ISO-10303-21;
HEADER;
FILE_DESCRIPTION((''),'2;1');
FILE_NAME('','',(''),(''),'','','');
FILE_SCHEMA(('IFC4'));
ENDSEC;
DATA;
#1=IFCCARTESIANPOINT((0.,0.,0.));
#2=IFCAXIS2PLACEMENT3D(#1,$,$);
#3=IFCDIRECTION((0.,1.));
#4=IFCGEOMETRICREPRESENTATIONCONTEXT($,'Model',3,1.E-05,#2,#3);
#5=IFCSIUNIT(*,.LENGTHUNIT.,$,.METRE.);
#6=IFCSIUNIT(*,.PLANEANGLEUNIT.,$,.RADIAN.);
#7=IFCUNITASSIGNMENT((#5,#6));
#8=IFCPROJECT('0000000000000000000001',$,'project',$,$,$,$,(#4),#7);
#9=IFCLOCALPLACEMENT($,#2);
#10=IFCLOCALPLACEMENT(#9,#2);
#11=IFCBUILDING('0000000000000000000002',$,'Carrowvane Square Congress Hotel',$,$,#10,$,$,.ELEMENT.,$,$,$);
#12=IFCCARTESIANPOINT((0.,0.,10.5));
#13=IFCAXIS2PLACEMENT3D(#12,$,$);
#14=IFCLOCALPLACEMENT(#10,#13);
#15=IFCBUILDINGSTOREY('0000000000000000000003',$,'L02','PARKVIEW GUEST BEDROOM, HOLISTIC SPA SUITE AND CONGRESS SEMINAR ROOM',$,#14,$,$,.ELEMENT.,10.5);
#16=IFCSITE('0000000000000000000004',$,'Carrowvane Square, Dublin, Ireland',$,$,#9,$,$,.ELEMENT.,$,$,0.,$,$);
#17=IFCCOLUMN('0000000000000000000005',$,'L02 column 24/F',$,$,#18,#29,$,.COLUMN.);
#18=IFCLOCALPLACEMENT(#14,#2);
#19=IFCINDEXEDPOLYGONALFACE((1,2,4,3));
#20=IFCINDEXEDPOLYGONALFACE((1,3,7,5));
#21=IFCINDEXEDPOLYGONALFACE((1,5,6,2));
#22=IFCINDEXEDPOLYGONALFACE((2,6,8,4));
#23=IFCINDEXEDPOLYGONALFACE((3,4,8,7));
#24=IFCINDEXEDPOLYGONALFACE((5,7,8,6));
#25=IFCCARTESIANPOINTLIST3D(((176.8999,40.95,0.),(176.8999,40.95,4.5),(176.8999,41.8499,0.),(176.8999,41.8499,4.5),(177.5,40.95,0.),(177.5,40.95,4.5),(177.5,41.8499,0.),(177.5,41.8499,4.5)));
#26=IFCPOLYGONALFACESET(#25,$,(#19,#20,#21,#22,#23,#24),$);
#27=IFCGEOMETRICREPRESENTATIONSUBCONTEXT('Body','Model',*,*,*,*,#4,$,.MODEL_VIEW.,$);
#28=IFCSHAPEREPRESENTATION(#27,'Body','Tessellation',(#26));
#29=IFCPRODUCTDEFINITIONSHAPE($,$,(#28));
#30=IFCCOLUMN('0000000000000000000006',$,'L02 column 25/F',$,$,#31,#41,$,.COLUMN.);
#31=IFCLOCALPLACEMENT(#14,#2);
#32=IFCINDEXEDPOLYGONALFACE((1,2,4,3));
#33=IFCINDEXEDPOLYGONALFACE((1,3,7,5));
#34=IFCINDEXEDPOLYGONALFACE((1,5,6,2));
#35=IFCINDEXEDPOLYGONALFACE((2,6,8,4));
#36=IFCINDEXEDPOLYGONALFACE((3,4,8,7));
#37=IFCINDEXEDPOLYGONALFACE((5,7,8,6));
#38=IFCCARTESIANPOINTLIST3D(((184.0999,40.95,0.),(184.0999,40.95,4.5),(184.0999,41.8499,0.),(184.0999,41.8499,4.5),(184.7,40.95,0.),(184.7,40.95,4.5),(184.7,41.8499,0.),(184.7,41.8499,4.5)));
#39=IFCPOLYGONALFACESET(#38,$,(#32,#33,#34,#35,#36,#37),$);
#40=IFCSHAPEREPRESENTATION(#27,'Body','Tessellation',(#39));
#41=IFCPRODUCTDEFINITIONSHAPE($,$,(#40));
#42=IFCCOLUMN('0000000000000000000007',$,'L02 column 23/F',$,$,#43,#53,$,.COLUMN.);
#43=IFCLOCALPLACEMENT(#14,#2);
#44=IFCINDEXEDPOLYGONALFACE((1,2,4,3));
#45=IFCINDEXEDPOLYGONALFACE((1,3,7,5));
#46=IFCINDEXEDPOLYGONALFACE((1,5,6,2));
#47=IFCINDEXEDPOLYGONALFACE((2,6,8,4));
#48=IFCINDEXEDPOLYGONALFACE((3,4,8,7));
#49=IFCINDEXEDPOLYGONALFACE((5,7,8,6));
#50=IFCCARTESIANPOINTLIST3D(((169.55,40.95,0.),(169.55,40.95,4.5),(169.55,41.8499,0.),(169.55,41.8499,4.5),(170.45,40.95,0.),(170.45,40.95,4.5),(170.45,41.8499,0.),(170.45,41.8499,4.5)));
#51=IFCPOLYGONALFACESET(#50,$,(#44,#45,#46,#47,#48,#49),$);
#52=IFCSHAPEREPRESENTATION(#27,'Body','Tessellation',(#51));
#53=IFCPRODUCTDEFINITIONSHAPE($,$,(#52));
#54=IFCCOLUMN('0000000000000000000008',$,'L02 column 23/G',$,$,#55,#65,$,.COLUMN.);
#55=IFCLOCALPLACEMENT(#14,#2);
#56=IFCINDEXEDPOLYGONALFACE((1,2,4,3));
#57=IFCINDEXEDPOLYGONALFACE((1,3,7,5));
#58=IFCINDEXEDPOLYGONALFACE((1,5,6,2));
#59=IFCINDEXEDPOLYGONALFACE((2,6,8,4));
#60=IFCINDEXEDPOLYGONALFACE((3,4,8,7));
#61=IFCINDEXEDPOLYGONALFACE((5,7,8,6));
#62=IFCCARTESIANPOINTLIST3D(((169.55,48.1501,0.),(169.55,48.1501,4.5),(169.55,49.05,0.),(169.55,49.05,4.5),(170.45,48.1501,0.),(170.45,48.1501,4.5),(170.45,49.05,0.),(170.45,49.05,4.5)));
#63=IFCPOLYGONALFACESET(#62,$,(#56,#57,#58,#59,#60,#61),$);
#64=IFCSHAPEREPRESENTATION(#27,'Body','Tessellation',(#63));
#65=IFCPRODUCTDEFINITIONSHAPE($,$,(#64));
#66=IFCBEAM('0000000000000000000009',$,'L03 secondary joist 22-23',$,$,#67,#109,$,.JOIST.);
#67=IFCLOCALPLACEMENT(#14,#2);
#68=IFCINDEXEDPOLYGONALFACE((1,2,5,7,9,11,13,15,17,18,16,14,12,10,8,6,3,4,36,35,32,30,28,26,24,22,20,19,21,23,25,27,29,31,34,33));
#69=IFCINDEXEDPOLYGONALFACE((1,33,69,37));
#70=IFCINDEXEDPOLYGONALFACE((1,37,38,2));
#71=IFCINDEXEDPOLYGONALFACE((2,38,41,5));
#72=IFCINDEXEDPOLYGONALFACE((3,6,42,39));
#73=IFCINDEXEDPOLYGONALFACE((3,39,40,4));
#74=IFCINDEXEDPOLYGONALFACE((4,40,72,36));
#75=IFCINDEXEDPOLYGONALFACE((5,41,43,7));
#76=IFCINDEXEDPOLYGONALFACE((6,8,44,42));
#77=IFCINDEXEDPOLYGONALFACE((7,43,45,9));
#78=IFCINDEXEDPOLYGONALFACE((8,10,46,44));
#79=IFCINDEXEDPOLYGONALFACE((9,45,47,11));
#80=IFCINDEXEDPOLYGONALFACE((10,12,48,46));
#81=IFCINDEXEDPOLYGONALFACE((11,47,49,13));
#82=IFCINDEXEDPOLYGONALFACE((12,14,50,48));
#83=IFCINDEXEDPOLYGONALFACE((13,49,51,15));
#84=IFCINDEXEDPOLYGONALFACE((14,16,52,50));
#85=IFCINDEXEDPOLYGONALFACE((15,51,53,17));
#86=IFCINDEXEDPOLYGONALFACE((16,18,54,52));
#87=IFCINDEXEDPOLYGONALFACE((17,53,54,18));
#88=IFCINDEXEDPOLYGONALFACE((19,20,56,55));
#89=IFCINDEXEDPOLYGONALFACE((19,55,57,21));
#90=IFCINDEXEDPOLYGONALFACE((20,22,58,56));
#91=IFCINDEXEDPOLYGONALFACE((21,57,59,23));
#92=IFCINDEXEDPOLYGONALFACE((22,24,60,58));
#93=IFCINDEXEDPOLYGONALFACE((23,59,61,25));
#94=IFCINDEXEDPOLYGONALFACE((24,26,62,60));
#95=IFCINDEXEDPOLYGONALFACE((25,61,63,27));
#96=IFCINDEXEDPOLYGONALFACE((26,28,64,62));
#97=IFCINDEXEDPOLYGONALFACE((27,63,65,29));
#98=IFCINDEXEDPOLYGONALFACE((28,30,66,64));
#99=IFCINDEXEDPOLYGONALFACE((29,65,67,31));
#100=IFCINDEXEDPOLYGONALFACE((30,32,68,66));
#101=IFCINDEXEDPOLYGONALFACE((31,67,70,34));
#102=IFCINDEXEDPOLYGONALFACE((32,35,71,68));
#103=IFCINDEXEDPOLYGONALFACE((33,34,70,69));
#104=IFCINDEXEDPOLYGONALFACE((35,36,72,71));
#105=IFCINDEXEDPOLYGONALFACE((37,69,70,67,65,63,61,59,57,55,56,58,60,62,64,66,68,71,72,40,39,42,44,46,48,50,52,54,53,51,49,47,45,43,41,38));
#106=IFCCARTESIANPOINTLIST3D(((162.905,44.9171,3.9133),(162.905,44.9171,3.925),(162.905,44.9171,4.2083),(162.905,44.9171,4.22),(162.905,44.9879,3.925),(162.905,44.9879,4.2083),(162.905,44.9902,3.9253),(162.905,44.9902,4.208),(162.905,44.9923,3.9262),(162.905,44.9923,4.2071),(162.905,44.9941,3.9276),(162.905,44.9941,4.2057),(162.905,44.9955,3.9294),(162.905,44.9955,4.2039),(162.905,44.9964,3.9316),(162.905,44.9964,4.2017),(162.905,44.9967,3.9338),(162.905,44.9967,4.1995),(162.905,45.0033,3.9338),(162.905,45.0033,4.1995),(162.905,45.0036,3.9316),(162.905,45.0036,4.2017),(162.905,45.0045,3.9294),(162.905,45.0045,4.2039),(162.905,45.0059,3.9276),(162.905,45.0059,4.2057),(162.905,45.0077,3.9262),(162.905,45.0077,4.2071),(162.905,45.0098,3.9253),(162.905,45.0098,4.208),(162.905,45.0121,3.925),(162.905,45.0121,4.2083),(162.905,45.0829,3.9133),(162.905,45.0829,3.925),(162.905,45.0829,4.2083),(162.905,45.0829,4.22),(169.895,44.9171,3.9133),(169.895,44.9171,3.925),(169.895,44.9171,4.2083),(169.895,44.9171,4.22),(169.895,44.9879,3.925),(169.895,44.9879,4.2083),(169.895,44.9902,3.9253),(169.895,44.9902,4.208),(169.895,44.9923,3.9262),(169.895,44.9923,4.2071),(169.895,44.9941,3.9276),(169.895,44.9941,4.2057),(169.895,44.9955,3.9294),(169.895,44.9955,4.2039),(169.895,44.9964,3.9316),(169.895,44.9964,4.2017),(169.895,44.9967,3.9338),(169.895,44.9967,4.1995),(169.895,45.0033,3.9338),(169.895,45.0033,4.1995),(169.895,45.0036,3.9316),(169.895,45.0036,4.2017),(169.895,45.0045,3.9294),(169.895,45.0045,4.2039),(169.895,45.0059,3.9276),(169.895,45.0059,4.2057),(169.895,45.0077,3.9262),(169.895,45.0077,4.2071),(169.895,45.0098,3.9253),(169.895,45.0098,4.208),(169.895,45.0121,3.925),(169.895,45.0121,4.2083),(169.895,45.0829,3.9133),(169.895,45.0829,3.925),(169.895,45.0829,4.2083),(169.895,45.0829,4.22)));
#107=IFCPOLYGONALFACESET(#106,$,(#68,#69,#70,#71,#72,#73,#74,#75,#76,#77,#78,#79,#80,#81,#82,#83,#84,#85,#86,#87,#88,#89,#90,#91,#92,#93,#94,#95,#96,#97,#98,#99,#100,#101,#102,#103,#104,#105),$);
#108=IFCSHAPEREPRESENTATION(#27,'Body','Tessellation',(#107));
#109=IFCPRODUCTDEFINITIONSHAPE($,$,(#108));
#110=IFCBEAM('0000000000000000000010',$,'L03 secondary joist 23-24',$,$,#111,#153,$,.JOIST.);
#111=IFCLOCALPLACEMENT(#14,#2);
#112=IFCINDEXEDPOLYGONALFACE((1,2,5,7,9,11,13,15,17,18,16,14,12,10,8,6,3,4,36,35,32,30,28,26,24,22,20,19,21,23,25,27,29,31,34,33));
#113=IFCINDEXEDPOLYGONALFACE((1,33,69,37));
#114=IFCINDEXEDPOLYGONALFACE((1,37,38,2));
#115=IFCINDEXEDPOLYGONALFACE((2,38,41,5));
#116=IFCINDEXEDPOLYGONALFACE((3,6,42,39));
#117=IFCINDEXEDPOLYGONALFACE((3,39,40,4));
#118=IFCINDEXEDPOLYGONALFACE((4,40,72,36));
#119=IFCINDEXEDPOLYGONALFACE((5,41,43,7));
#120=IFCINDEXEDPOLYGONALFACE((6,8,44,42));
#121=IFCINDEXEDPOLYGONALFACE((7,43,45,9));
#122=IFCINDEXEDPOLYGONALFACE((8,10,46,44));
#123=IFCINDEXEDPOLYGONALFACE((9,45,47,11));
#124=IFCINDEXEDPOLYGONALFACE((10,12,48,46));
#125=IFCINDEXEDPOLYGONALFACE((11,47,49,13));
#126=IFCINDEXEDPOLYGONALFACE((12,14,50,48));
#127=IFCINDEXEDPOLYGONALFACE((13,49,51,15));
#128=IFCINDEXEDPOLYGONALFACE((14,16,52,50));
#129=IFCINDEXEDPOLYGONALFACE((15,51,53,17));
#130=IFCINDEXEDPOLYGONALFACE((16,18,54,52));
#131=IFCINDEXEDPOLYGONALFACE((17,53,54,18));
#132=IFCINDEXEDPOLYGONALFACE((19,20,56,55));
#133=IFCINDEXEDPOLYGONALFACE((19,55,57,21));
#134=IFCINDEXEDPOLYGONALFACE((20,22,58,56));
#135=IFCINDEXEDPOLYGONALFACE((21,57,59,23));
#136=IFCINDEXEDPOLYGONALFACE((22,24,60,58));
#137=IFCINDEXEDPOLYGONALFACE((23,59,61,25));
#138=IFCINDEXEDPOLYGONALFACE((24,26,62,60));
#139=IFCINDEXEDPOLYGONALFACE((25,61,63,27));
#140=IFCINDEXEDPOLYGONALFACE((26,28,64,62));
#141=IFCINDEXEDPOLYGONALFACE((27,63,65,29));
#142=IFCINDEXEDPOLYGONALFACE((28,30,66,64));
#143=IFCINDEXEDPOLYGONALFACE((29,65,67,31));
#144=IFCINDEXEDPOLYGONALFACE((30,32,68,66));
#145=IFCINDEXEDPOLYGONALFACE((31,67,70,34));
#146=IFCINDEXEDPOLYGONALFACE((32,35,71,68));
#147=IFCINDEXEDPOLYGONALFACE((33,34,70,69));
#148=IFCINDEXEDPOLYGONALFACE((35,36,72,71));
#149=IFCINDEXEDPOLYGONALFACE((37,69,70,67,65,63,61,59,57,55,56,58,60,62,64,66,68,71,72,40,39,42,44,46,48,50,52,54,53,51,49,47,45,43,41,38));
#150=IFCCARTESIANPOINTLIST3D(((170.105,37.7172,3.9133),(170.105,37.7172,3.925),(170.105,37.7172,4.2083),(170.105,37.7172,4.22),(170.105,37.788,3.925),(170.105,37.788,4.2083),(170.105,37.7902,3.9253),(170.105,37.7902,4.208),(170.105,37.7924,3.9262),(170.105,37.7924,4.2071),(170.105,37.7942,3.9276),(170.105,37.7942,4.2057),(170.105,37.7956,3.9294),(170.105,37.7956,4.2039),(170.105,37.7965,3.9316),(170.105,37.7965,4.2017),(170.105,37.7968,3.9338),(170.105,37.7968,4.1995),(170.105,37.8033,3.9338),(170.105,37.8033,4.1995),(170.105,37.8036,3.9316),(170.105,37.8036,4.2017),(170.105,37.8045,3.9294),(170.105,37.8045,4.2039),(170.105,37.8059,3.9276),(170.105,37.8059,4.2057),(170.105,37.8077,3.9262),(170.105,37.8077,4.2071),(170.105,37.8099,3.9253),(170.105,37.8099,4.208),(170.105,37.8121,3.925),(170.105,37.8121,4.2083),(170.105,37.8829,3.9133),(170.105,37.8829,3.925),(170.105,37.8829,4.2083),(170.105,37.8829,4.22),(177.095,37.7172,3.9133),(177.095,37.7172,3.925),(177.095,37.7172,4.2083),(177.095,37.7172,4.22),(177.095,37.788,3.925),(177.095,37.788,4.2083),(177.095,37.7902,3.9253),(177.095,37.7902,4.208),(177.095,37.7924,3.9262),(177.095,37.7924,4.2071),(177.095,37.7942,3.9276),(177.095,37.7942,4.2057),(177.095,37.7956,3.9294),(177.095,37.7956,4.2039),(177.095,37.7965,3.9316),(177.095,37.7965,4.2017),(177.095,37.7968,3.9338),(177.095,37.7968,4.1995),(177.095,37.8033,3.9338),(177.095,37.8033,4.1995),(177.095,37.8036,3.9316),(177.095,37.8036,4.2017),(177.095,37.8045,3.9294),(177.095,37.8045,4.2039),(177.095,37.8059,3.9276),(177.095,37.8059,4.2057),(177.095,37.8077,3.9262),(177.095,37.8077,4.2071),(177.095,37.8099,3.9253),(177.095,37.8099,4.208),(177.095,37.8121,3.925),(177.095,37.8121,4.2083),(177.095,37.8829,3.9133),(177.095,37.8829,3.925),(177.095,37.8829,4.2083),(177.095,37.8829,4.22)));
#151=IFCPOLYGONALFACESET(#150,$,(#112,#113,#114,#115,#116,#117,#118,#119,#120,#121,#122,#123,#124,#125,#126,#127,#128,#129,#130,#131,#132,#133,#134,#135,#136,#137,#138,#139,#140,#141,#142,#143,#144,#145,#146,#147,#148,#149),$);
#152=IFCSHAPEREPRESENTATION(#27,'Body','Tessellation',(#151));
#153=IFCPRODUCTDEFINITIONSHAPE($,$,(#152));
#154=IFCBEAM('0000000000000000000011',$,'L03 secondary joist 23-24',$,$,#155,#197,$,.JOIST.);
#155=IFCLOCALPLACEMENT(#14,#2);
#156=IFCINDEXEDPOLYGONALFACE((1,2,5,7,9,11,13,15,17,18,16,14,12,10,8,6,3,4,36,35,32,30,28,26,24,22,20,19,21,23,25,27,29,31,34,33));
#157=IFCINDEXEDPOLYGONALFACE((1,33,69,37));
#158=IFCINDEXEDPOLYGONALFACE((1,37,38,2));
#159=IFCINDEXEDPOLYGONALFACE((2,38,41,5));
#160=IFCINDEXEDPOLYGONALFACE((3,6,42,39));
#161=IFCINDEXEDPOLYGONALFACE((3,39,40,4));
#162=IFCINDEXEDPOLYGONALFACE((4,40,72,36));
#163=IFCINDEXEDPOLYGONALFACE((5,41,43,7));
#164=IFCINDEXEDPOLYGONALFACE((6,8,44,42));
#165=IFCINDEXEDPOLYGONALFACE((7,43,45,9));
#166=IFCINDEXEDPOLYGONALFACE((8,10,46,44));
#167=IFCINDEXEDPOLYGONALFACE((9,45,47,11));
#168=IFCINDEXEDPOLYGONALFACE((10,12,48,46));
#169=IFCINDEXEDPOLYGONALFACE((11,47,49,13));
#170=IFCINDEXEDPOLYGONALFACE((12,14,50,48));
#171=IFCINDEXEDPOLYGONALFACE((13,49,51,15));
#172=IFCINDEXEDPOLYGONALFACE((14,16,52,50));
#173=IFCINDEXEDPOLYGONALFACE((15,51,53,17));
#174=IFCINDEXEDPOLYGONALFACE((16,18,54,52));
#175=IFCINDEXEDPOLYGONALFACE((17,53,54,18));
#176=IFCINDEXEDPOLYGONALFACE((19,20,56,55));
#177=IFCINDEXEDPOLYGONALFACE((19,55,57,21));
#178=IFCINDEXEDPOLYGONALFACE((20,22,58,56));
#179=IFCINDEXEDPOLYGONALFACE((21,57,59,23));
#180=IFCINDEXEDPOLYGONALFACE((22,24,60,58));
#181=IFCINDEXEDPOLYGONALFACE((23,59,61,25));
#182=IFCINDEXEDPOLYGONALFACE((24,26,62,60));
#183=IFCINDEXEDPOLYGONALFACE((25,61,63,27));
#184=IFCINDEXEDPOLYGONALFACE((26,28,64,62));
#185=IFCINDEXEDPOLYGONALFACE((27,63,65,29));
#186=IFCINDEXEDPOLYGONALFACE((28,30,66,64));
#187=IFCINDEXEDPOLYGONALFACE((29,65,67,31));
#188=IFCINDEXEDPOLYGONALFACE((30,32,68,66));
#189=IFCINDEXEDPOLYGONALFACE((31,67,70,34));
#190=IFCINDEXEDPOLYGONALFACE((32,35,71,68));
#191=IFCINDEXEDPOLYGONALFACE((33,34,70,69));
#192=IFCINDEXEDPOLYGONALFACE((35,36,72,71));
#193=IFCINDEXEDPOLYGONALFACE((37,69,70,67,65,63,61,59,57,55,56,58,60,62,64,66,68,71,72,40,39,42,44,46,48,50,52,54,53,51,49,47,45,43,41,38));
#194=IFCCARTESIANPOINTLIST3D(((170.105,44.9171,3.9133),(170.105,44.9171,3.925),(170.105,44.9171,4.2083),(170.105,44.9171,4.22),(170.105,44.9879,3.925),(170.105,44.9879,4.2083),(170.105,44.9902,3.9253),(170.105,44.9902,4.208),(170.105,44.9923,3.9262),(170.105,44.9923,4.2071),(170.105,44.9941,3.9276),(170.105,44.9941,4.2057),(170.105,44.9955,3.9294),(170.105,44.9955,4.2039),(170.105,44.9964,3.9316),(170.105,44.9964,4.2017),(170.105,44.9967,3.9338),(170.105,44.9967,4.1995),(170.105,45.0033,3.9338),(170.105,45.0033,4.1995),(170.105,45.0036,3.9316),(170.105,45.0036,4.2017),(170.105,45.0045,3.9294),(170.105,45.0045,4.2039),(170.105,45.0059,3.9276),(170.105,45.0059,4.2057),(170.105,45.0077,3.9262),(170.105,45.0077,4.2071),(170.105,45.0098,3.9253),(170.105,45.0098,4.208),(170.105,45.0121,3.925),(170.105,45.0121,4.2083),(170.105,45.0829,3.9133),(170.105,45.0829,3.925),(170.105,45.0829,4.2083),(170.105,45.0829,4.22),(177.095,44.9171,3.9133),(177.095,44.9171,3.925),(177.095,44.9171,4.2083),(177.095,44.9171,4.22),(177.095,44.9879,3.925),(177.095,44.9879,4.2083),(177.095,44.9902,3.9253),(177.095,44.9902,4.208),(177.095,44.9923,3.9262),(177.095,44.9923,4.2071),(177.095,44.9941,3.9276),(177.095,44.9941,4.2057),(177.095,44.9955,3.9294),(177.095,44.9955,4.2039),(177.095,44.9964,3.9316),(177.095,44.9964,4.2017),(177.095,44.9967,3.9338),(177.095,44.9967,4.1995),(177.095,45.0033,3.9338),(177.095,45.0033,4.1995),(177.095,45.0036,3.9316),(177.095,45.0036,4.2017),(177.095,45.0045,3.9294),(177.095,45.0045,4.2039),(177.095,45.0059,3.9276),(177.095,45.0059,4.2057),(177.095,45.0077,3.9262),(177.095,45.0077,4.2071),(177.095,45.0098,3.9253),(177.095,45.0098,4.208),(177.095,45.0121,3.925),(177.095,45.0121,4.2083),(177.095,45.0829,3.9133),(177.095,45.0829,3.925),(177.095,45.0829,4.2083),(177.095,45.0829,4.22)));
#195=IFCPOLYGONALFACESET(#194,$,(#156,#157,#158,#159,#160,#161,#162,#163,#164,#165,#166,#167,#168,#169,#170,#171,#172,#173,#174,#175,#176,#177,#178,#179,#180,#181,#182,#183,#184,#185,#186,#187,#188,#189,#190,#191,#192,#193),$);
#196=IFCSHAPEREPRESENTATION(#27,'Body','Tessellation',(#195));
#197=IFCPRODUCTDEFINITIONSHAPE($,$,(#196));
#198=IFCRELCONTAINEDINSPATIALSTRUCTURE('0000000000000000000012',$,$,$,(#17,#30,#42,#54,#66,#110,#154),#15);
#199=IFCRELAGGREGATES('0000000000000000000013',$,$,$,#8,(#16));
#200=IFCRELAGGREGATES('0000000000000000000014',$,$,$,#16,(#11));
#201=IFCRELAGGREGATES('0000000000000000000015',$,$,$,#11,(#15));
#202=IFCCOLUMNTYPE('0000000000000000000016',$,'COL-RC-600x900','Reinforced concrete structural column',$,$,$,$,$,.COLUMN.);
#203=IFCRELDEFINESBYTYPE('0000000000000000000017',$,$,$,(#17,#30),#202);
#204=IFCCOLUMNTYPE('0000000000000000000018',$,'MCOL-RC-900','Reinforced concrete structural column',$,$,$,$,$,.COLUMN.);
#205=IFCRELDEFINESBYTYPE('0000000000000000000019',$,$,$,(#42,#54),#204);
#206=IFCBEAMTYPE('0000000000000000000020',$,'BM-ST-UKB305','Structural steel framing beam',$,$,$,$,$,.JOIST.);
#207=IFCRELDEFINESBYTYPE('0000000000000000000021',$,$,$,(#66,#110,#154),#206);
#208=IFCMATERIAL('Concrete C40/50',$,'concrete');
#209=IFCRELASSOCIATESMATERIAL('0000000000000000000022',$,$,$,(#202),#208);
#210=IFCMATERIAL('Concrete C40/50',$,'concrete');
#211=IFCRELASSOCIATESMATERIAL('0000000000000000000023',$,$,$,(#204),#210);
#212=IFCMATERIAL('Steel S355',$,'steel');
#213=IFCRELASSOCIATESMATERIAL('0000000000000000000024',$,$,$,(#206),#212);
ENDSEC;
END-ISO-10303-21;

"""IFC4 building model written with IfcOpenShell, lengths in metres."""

from ifc_helpers import new_model, si_unit, direction, frame, origin, origin_2d, place, context, subcontext, project, spatial, rectangle, i_section, extrude, material, material_profile, profile_set, type_object, element, save


model = new_model("IFC4")

# Units and contexts
model_context = context("Model", 3, precision=1e-05, world=origin(), true_north=direction((0.0, 1.0)))
body_context = subcontext(model_context, "Body", "Model", "MODEL_VIEW")
ifc_project = project(units=[si_unit("LENGTHUNIT", "METRE"), si_unit("PLANEANGLEUNIT", "RADIAN")], contexts=[model_context])

# Site, building, storey
site_placement = place(None, origin())
site = spatial("IfcSite", under=ifc_project, at=site_placement, Name="Carrowvane Square, Dublin, Ireland", CompositionType="ELEMENT", RefElevation=0.0)
building_placement = place(site_placement, origin())
building = spatial("IfcBuilding", under=site, at=building_placement, Name="Carrowvane Square Congress Hotel", CompositionType="ELEMENT")
storey_placement = place(building_placement, frame((0.0, 0.0, 10.5)))
storey = spatial("IfcBuildingStorey", under=building, at=storey_placement, Name="L02", Description="PARKVIEW GUEST BEDROOM, HOLISTIC SPA SUITE AND CONGRESS SEMINAR ROOM", CompositionType="ELEMENT", Elevation=10.5)

# Columns
ifc_material_1 = material(Name="Concrete C40/50", Category="concrete")
ifc_material_profile_1 = material_profile(ifc_material_1, rectangle(XDim=0.6001, YDim=0.8999, at=origin_2d()), Name="RC 600x900")
ifc_profile_set_1 = profile_set([ifc_material_profile_1], Name="Concrete C40/50")
column_type_1 = type_object("IfcColumnType", Name="COL-RC-600x900", Description="Reinforced concrete structural column", PredefinedType="COLUMN", material=ifc_profile_set_1)
for number, where, z_axis, x_axis, name in (
    (1, (177.2, 41.3999, 0.0), (0.0, 0.0, 1.0), (1.0, 0.0, 0.0), "L02 column 24/F"),
    (2, (184.3999, 41.3999, 0.0), (0.0, 0.0, 1.0), (1.0, 0.0, 0.0), "L02 column 25/F"),
):
    element("IfcColumn", number, at=place(storey_placement, frame(where, z_axis=z_axis, x_axis=x_axis)), inside=storey, type_object=column_type_1, Name=name, PredefinedType="COLUMN", context=body_context, shape_type="SweptSolid", body=[
        extrude(rectangle(XDim=0.6001, YDim=0.8999, at=origin_2d()), origin(), (0.0, 0.0, 1.0), 4.5),
    ])
ifc_material_2 = material(Name="Concrete C40/50", Category="concrete")
ifc_material_profile_2 = material_profile(ifc_material_2, rectangle(XDim=0.8999, YDim=0.8999, at=origin_2d()), Name="RC 900x900")
ifc_profile_set_2 = profile_set([ifc_material_profile_2], Name="Concrete C40/50")
column_type_2 = type_object("IfcColumnType", Name="MCOL-RC-900", Description="Reinforced concrete structural column", PredefinedType="COLUMN", material=ifc_profile_set_2)
for number, where, z_axis, x_axis, name in (
    (3, (170.0, 41.3999, 0.0), (0.0, 0.0, 1.0), (1.0, 0.0, 0.0), "L02 column 23/F"),
    (4, (170.0, 48.6001, 0.0), (0.0, 0.0, 1.0), (1.0, 0.0, 0.0), "L02 column 23/G"),
):
    element("IfcColumn", number, at=place(storey_placement, frame(where, z_axis=z_axis, x_axis=x_axis)), inside=storey, type_object=column_type_2, Name=name, PredefinedType="COLUMN", context=body_context, shape_type="SweptSolid", body=[
        extrude(rectangle(XDim=0.8999, YDim=0.8999, at=origin_2d()), origin(), (0.0, 0.0, 1.0), 4.5),
    ])

# Beams
ifc_material_3 = material(Name="Steel S355", Category="steel")
ifc_material_profile_3 = material_profile(ifc_material_3, i_section(OverallWidth=0.1658, OverallDepth=0.3066, WebThickness=0.0066, FlangeThickness=0.0117, FilletRadius=0.0088, at=origin_2d()), Name="UKB 305x165x46")
ifc_profile_set_3 = profile_set([ifc_material_profile_3], Name="Steel S355")
beam_type_1 = type_object("IfcBeamType", Name="BM-ST-UKB305", Description="Structural steel framing beam", PredefinedType="JOIST", material=ifc_profile_set_3)
for number, where, z_axis, x_axis, name in (
    (5, (162.905, 45.0, 4.0667), (1.0, 0.0, 0.0), (0.0, 1.0, 0.0), "L03 secondary joist 22-23"),
    (6, (170.105, 37.8, 4.0667), (1.0, 0.0, 0.0), (0.0, 1.0, 0.0), "L03 secondary joist 23-24"),
    (7, (170.105, 45.0, 4.0667), (1.0, 0.0, 0.0), (0.0, 1.0, 0.0), "L03 secondary joist 23-24"),
):
    element("IfcBeam", number, at=place(storey_placement, frame(where, z_axis=z_axis, x_axis=x_axis)), inside=storey, type_object=beam_type_1, Name=name, PredefinedType="JOIST", context=body_context, shape_type="SweptSolid", body=[
        extrude(i_section(OverallWidth=0.1658, OverallDepth=0.3066, WebThickness=0.0066, FlangeThickness=0.0117, FilletRadius=0.0088, at=origin_2d()), origin(), (0.0, 0.0, 1.0), 6.99),
    ])

save(model, "model.ifc")
